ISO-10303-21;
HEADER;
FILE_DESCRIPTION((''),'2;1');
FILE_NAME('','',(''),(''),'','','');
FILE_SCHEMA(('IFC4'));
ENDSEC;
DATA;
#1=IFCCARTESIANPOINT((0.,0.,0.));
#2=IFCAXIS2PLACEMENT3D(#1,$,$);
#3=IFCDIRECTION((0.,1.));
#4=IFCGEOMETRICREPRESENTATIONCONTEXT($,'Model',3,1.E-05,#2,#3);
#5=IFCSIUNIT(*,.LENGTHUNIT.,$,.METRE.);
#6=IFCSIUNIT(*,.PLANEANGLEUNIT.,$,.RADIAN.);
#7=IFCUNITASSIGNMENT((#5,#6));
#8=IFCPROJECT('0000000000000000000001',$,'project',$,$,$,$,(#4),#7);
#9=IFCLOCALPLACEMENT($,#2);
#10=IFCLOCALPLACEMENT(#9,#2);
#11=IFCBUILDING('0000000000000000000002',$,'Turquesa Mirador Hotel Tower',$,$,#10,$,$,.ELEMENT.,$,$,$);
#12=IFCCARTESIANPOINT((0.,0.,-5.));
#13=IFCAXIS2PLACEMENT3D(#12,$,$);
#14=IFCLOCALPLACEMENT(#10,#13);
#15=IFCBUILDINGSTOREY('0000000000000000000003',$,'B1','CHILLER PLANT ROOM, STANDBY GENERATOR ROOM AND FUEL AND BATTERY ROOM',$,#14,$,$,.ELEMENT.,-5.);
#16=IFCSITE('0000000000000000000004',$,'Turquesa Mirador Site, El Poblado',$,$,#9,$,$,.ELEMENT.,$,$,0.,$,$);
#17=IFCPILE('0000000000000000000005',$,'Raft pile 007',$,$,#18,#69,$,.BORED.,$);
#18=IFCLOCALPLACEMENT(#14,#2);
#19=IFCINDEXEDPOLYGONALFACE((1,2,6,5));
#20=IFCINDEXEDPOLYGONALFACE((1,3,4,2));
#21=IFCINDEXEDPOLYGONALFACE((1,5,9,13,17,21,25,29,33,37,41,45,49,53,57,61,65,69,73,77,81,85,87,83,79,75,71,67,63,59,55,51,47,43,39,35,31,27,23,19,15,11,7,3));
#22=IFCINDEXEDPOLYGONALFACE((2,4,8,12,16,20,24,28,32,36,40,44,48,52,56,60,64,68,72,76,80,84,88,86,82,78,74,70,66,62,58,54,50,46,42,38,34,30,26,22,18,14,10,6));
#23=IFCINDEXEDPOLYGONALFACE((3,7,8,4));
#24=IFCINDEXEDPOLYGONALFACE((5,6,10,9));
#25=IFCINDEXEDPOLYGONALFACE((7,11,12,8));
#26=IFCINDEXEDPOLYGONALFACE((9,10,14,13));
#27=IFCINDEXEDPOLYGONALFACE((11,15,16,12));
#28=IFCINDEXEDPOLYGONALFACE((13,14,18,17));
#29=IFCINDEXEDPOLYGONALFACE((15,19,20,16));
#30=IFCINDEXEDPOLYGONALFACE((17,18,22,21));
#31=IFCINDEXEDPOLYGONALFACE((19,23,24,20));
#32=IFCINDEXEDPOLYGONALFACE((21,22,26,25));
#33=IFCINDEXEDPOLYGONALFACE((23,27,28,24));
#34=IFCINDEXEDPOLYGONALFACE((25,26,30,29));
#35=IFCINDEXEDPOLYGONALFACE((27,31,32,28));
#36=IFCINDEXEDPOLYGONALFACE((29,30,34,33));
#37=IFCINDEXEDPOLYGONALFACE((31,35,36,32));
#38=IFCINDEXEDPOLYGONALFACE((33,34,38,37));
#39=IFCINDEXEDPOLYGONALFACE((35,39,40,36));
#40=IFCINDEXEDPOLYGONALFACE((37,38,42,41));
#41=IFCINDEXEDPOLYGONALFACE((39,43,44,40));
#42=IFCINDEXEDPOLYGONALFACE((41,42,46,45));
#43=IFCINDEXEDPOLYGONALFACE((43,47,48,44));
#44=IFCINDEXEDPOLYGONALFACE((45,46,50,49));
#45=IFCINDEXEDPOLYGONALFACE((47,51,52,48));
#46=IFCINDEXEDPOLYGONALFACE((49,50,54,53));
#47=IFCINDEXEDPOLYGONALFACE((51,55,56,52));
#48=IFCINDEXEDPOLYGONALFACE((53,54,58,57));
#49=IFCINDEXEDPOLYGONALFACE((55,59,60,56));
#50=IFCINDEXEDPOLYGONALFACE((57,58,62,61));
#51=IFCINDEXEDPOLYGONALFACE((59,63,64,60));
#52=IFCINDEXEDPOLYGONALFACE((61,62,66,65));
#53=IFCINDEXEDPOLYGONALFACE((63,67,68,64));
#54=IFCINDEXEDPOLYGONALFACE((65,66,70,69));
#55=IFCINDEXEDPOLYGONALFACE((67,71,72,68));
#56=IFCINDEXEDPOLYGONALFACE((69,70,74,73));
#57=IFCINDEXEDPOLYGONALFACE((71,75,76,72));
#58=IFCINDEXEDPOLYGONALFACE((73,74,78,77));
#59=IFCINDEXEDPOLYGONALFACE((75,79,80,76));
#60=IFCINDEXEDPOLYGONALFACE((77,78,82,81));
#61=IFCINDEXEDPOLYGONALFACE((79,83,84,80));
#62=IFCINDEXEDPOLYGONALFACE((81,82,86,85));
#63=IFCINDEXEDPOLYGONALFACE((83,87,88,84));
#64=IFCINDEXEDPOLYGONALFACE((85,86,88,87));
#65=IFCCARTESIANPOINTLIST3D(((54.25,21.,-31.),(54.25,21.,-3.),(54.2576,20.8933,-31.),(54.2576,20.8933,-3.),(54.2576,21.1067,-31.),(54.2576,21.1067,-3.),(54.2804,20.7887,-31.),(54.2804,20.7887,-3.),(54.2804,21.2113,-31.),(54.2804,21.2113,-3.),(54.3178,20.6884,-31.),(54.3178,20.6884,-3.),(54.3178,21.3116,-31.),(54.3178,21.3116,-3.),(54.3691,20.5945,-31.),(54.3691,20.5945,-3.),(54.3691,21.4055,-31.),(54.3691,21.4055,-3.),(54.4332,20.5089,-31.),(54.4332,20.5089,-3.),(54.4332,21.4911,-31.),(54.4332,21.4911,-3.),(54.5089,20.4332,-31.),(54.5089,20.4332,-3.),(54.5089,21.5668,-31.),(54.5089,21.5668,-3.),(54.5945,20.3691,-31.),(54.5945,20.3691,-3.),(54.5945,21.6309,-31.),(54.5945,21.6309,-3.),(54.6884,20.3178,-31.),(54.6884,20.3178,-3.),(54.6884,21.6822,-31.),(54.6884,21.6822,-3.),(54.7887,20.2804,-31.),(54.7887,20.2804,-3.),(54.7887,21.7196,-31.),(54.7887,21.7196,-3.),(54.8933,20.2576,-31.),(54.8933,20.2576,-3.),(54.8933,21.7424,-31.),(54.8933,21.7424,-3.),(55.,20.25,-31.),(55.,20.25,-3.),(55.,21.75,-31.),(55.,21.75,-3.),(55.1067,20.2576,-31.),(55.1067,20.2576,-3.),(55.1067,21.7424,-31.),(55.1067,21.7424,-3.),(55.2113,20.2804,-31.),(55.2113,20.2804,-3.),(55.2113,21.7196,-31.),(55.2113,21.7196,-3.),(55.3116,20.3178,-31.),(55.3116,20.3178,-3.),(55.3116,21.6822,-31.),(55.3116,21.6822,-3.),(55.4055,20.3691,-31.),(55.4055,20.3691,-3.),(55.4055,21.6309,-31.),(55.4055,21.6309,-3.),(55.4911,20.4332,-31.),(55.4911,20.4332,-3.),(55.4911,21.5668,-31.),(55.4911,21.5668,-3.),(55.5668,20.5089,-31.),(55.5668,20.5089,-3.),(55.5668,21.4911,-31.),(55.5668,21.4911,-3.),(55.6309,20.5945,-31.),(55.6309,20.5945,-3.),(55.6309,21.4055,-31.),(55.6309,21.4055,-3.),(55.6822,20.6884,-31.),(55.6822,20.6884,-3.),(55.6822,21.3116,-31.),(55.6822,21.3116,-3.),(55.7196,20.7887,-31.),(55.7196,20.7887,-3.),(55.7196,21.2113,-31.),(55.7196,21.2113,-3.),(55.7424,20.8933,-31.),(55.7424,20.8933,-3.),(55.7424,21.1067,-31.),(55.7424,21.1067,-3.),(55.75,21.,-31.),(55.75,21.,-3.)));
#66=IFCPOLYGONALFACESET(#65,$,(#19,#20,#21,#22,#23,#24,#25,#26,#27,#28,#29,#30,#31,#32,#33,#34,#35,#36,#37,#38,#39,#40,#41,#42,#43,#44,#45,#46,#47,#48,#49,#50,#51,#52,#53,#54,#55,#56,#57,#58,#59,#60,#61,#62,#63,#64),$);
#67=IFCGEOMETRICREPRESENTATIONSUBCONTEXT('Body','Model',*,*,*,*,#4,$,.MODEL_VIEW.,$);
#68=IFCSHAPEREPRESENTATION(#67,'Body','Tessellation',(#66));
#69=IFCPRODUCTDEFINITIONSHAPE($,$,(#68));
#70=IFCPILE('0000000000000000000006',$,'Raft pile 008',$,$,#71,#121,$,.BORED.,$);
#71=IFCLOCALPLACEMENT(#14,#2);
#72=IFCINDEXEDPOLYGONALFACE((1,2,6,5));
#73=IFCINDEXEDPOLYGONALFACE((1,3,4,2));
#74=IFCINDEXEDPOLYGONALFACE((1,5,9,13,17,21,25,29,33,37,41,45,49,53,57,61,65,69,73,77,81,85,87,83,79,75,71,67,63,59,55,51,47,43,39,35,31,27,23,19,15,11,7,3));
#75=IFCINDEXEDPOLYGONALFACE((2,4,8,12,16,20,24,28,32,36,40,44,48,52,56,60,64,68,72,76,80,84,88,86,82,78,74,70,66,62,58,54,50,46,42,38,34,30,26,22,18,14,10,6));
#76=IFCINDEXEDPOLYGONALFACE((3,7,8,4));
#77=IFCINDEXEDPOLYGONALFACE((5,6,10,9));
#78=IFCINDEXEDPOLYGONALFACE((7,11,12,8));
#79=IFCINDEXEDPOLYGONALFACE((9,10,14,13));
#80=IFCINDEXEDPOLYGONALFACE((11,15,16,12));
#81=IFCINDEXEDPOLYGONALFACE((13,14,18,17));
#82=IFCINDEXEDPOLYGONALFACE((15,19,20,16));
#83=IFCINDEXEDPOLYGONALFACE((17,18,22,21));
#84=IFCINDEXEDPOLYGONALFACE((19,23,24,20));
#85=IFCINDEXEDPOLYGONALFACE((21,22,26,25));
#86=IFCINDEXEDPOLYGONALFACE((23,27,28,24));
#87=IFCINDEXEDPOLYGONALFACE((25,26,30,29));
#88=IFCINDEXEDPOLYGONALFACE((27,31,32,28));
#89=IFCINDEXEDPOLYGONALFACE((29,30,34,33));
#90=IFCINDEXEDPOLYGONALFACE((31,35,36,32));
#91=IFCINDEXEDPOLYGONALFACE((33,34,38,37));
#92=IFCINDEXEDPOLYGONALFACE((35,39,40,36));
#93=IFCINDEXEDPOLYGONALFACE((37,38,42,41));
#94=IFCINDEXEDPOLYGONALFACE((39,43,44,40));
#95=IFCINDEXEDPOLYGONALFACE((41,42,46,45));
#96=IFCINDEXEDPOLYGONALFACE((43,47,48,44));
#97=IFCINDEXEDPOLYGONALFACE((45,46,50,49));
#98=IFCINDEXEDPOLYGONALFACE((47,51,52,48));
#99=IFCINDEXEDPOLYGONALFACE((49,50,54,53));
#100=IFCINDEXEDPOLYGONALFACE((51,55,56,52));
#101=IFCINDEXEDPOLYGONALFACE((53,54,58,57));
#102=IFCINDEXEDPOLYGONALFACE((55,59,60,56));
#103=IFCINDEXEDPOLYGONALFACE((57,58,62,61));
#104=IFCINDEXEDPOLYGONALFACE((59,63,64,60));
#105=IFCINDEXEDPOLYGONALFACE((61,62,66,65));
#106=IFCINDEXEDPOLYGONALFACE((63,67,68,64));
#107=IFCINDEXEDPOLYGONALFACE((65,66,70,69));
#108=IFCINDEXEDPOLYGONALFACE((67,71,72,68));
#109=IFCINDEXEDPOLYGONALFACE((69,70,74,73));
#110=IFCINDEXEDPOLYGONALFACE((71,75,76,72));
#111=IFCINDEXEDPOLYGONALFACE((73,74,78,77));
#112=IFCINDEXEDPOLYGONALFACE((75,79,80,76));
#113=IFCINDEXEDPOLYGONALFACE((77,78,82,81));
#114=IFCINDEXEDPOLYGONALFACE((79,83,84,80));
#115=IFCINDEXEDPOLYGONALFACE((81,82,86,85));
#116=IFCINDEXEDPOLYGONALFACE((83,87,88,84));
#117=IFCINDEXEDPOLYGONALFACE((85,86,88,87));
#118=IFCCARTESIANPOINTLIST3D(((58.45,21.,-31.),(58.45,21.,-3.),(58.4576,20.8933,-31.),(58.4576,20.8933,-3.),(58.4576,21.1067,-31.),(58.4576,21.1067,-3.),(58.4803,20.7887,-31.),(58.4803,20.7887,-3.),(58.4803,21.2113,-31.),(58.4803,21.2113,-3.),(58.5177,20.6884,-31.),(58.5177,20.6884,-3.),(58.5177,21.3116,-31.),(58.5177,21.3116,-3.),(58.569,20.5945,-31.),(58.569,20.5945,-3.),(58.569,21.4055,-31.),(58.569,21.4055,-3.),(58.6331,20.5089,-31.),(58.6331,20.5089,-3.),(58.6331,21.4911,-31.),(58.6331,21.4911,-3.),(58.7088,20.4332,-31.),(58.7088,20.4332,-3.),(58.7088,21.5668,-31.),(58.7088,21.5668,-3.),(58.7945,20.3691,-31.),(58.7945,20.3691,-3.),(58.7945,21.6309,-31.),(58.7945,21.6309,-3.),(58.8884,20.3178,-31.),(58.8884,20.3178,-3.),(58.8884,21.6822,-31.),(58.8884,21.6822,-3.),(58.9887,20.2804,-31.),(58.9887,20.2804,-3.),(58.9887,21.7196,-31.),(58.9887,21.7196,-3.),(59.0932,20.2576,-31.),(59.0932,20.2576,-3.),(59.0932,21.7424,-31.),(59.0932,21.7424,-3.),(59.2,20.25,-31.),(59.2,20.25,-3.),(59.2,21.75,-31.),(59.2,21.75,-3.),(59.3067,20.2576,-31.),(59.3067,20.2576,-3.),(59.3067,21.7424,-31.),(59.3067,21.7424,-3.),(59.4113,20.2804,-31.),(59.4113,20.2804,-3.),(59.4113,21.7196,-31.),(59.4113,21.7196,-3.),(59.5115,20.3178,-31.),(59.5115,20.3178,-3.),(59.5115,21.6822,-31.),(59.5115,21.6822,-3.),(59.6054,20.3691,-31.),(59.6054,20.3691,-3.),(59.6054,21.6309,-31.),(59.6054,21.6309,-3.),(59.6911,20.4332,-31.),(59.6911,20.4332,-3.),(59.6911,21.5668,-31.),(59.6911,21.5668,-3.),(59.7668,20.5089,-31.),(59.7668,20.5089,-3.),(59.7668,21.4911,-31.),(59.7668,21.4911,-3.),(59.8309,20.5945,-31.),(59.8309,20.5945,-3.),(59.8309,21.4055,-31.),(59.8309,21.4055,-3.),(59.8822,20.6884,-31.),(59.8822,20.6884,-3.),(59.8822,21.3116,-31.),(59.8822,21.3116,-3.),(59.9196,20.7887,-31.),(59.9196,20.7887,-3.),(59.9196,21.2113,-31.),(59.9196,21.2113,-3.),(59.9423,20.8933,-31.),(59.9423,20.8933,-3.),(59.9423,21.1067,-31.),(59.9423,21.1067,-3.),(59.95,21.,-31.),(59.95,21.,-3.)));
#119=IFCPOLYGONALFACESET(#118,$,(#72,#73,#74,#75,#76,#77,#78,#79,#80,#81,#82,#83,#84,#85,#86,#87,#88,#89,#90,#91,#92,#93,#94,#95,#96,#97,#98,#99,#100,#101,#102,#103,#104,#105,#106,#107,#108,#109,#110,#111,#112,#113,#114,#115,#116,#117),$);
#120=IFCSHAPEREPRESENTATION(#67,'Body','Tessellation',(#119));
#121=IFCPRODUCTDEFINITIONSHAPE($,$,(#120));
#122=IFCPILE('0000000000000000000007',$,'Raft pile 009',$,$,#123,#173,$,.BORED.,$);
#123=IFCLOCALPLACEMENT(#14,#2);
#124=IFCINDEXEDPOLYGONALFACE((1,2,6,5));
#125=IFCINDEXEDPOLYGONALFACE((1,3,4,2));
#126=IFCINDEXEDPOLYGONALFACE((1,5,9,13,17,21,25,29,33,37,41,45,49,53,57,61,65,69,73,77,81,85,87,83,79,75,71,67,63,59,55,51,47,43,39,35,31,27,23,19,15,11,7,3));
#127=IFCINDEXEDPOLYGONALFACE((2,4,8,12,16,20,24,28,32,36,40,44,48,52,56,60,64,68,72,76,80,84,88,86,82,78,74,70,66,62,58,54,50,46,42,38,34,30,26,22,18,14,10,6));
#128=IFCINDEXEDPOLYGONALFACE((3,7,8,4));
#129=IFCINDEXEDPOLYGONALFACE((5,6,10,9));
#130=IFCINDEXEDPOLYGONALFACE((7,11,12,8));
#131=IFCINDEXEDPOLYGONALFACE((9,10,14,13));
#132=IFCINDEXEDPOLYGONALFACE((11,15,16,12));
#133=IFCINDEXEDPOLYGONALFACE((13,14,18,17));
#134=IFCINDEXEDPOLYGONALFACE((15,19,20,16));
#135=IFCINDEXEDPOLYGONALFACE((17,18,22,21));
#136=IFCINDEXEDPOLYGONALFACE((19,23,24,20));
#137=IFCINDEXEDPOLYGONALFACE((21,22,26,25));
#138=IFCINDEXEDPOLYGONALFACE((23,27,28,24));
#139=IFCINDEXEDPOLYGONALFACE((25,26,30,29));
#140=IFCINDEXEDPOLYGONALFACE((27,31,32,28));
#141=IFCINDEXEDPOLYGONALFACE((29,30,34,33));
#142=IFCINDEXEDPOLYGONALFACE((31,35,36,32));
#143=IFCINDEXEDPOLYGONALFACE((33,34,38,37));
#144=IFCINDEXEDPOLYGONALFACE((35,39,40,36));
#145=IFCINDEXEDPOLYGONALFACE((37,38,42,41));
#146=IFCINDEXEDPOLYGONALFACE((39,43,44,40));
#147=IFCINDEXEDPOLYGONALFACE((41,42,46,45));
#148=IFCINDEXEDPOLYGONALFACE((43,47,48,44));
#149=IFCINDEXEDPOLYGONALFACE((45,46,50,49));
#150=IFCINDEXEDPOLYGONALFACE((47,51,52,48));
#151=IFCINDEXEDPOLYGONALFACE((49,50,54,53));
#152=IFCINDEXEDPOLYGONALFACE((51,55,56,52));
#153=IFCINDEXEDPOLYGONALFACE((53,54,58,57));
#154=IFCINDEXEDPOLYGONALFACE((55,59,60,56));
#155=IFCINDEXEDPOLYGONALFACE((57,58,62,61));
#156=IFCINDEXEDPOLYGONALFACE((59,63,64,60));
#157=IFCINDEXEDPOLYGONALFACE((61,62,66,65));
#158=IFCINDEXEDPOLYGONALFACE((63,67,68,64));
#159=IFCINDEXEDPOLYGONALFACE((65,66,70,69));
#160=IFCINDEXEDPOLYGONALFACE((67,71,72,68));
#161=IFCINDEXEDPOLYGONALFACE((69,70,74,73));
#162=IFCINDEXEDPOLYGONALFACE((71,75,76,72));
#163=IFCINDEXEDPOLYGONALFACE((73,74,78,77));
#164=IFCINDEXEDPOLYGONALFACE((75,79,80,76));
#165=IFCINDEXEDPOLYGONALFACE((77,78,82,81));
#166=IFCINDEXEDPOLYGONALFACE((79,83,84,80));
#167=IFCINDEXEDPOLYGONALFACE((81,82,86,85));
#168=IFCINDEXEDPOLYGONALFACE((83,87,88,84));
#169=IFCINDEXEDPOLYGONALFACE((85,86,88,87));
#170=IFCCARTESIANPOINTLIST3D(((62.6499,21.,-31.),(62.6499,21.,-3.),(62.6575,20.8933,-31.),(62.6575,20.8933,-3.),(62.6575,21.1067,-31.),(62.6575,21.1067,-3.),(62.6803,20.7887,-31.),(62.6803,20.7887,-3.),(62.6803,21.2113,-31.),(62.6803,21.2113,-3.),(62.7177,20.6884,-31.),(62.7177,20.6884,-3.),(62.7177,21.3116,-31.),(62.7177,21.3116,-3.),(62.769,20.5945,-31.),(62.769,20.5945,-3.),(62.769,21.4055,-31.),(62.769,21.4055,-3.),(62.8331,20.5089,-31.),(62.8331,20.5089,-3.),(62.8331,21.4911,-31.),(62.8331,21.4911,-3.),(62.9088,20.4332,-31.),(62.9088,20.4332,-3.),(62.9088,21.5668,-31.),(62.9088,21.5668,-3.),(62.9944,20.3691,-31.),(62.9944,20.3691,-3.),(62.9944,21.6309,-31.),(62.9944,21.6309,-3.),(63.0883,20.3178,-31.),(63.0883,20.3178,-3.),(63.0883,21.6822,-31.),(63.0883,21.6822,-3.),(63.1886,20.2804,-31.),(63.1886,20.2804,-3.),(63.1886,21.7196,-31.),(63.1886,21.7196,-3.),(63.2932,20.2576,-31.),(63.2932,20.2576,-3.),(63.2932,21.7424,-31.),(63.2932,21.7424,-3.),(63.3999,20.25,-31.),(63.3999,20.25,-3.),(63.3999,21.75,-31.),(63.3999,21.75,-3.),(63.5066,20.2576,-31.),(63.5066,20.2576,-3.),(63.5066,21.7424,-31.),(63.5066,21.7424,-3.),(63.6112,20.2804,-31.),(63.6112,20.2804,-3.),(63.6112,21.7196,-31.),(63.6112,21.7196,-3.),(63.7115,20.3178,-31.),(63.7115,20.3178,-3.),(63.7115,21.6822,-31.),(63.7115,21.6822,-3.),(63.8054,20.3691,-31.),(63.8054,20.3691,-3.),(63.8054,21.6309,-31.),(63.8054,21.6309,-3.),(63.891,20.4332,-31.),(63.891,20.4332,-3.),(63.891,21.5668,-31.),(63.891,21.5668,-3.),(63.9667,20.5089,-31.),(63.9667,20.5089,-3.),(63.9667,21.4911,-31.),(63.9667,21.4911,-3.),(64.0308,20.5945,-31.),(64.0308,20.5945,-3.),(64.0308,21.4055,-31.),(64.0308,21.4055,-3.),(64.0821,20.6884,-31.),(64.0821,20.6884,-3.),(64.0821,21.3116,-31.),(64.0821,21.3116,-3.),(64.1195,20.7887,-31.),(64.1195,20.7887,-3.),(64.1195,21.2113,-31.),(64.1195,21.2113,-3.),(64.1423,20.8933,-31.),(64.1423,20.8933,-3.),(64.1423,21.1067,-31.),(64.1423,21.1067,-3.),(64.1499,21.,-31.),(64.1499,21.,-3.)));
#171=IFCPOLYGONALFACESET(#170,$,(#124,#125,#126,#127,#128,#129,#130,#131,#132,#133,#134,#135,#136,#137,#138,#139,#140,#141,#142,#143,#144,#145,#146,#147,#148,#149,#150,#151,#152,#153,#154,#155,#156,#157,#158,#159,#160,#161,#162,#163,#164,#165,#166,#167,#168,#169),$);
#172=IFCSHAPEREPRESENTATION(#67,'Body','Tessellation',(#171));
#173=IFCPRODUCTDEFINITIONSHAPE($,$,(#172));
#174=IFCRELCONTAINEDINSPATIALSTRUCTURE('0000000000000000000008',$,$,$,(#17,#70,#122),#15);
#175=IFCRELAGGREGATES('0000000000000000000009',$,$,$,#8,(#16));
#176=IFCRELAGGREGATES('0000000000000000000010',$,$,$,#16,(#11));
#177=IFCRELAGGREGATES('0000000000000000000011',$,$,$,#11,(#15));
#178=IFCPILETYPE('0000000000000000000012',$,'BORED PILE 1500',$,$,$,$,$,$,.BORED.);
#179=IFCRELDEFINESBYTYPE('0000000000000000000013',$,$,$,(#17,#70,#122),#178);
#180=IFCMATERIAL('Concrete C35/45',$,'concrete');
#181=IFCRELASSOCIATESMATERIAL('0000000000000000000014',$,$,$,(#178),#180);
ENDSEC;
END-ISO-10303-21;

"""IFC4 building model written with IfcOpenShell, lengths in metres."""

from ifc_helpers import new_model, si_unit, direction, frame, origin, origin_2d, place, context, subcontext, project, spatial, circle, extrude, material, type_object, element, save


model = new_model("IFC4")

# Units and contexts
model_context = context("Model", 3, precision=1e-05, world=origin(), true_north=direction((0.0, 1.0)))
body_context = subcontext(model_context, "Body", "Model", "MODEL_VIEW")
ifc_project = project(units=[si_unit("LENGTHUNIT", "METRE"), si_unit("PLANEANGLEUNIT", "RADIAN")], contexts=[model_context])

# Site, building, storey
site_placement = place(None, origin())
site = spatial("IfcSite", under=ifc_project, at=site_placement, Name="Turquesa Mirador Site, El Poblado", CompositionType="ELEMENT", RefElevation=0.0)
building_placement = place(site_placement, origin())
building = spatial("IfcBuilding", under=site, at=building_placement, Name="Turquesa Mirador Hotel Tower", CompositionType="ELEMENT")
storey_placement = place(building_placement, frame((0.0, 0.0, -5.0)))
storey = spatial("IfcBuildingStorey", under=building, at=storey_placement, Name="B1", Description="CHILLER PLANT ROOM, STANDBY GENERATOR ROOM AND FUEL AND BATTERY ROOM", CompositionType="ELEMENT", Elevation=-5.0)

# Piles
ifc_material_1 = material(Name="Concrete C35/45", Category="concrete")
pile_type = type_object("IfcPileType", Name="BORED PILE 1500", PredefinedType="BORED", material=ifc_material_1)
for number, where, z_axis, x_axis, name in (
    (1, (55.0, 21.0, -3.0), (0.0, 0.0, -1.0), (1.0, 0.0, 0.0), "Raft pile 007"),
    (2, (59.2, 21.0, -3.0), (0.0, 0.0, -1.0), (1.0, 0.0, 0.0), "Raft pile 008"),
    (3, (63.3999, 21.0, -3.0), (0.0, 0.0, -1.0), (1.0, 0.0, 0.0), "Raft pile 009"),
):
    element("IfcPile", number, at=place(storey_placement, frame(where, z_axis=z_axis, x_axis=x_axis)), inside=storey, type_object=pile_type, Name=name, PredefinedType="BORED", context=body_context, shape_type="SweptSolid", body=[
        extrude(circle(Radius=0.75, at=origin_2d()), origin(), (0.0, 0.0, 1.0), 28.0),
    ])

save(model, "model.ifc")
